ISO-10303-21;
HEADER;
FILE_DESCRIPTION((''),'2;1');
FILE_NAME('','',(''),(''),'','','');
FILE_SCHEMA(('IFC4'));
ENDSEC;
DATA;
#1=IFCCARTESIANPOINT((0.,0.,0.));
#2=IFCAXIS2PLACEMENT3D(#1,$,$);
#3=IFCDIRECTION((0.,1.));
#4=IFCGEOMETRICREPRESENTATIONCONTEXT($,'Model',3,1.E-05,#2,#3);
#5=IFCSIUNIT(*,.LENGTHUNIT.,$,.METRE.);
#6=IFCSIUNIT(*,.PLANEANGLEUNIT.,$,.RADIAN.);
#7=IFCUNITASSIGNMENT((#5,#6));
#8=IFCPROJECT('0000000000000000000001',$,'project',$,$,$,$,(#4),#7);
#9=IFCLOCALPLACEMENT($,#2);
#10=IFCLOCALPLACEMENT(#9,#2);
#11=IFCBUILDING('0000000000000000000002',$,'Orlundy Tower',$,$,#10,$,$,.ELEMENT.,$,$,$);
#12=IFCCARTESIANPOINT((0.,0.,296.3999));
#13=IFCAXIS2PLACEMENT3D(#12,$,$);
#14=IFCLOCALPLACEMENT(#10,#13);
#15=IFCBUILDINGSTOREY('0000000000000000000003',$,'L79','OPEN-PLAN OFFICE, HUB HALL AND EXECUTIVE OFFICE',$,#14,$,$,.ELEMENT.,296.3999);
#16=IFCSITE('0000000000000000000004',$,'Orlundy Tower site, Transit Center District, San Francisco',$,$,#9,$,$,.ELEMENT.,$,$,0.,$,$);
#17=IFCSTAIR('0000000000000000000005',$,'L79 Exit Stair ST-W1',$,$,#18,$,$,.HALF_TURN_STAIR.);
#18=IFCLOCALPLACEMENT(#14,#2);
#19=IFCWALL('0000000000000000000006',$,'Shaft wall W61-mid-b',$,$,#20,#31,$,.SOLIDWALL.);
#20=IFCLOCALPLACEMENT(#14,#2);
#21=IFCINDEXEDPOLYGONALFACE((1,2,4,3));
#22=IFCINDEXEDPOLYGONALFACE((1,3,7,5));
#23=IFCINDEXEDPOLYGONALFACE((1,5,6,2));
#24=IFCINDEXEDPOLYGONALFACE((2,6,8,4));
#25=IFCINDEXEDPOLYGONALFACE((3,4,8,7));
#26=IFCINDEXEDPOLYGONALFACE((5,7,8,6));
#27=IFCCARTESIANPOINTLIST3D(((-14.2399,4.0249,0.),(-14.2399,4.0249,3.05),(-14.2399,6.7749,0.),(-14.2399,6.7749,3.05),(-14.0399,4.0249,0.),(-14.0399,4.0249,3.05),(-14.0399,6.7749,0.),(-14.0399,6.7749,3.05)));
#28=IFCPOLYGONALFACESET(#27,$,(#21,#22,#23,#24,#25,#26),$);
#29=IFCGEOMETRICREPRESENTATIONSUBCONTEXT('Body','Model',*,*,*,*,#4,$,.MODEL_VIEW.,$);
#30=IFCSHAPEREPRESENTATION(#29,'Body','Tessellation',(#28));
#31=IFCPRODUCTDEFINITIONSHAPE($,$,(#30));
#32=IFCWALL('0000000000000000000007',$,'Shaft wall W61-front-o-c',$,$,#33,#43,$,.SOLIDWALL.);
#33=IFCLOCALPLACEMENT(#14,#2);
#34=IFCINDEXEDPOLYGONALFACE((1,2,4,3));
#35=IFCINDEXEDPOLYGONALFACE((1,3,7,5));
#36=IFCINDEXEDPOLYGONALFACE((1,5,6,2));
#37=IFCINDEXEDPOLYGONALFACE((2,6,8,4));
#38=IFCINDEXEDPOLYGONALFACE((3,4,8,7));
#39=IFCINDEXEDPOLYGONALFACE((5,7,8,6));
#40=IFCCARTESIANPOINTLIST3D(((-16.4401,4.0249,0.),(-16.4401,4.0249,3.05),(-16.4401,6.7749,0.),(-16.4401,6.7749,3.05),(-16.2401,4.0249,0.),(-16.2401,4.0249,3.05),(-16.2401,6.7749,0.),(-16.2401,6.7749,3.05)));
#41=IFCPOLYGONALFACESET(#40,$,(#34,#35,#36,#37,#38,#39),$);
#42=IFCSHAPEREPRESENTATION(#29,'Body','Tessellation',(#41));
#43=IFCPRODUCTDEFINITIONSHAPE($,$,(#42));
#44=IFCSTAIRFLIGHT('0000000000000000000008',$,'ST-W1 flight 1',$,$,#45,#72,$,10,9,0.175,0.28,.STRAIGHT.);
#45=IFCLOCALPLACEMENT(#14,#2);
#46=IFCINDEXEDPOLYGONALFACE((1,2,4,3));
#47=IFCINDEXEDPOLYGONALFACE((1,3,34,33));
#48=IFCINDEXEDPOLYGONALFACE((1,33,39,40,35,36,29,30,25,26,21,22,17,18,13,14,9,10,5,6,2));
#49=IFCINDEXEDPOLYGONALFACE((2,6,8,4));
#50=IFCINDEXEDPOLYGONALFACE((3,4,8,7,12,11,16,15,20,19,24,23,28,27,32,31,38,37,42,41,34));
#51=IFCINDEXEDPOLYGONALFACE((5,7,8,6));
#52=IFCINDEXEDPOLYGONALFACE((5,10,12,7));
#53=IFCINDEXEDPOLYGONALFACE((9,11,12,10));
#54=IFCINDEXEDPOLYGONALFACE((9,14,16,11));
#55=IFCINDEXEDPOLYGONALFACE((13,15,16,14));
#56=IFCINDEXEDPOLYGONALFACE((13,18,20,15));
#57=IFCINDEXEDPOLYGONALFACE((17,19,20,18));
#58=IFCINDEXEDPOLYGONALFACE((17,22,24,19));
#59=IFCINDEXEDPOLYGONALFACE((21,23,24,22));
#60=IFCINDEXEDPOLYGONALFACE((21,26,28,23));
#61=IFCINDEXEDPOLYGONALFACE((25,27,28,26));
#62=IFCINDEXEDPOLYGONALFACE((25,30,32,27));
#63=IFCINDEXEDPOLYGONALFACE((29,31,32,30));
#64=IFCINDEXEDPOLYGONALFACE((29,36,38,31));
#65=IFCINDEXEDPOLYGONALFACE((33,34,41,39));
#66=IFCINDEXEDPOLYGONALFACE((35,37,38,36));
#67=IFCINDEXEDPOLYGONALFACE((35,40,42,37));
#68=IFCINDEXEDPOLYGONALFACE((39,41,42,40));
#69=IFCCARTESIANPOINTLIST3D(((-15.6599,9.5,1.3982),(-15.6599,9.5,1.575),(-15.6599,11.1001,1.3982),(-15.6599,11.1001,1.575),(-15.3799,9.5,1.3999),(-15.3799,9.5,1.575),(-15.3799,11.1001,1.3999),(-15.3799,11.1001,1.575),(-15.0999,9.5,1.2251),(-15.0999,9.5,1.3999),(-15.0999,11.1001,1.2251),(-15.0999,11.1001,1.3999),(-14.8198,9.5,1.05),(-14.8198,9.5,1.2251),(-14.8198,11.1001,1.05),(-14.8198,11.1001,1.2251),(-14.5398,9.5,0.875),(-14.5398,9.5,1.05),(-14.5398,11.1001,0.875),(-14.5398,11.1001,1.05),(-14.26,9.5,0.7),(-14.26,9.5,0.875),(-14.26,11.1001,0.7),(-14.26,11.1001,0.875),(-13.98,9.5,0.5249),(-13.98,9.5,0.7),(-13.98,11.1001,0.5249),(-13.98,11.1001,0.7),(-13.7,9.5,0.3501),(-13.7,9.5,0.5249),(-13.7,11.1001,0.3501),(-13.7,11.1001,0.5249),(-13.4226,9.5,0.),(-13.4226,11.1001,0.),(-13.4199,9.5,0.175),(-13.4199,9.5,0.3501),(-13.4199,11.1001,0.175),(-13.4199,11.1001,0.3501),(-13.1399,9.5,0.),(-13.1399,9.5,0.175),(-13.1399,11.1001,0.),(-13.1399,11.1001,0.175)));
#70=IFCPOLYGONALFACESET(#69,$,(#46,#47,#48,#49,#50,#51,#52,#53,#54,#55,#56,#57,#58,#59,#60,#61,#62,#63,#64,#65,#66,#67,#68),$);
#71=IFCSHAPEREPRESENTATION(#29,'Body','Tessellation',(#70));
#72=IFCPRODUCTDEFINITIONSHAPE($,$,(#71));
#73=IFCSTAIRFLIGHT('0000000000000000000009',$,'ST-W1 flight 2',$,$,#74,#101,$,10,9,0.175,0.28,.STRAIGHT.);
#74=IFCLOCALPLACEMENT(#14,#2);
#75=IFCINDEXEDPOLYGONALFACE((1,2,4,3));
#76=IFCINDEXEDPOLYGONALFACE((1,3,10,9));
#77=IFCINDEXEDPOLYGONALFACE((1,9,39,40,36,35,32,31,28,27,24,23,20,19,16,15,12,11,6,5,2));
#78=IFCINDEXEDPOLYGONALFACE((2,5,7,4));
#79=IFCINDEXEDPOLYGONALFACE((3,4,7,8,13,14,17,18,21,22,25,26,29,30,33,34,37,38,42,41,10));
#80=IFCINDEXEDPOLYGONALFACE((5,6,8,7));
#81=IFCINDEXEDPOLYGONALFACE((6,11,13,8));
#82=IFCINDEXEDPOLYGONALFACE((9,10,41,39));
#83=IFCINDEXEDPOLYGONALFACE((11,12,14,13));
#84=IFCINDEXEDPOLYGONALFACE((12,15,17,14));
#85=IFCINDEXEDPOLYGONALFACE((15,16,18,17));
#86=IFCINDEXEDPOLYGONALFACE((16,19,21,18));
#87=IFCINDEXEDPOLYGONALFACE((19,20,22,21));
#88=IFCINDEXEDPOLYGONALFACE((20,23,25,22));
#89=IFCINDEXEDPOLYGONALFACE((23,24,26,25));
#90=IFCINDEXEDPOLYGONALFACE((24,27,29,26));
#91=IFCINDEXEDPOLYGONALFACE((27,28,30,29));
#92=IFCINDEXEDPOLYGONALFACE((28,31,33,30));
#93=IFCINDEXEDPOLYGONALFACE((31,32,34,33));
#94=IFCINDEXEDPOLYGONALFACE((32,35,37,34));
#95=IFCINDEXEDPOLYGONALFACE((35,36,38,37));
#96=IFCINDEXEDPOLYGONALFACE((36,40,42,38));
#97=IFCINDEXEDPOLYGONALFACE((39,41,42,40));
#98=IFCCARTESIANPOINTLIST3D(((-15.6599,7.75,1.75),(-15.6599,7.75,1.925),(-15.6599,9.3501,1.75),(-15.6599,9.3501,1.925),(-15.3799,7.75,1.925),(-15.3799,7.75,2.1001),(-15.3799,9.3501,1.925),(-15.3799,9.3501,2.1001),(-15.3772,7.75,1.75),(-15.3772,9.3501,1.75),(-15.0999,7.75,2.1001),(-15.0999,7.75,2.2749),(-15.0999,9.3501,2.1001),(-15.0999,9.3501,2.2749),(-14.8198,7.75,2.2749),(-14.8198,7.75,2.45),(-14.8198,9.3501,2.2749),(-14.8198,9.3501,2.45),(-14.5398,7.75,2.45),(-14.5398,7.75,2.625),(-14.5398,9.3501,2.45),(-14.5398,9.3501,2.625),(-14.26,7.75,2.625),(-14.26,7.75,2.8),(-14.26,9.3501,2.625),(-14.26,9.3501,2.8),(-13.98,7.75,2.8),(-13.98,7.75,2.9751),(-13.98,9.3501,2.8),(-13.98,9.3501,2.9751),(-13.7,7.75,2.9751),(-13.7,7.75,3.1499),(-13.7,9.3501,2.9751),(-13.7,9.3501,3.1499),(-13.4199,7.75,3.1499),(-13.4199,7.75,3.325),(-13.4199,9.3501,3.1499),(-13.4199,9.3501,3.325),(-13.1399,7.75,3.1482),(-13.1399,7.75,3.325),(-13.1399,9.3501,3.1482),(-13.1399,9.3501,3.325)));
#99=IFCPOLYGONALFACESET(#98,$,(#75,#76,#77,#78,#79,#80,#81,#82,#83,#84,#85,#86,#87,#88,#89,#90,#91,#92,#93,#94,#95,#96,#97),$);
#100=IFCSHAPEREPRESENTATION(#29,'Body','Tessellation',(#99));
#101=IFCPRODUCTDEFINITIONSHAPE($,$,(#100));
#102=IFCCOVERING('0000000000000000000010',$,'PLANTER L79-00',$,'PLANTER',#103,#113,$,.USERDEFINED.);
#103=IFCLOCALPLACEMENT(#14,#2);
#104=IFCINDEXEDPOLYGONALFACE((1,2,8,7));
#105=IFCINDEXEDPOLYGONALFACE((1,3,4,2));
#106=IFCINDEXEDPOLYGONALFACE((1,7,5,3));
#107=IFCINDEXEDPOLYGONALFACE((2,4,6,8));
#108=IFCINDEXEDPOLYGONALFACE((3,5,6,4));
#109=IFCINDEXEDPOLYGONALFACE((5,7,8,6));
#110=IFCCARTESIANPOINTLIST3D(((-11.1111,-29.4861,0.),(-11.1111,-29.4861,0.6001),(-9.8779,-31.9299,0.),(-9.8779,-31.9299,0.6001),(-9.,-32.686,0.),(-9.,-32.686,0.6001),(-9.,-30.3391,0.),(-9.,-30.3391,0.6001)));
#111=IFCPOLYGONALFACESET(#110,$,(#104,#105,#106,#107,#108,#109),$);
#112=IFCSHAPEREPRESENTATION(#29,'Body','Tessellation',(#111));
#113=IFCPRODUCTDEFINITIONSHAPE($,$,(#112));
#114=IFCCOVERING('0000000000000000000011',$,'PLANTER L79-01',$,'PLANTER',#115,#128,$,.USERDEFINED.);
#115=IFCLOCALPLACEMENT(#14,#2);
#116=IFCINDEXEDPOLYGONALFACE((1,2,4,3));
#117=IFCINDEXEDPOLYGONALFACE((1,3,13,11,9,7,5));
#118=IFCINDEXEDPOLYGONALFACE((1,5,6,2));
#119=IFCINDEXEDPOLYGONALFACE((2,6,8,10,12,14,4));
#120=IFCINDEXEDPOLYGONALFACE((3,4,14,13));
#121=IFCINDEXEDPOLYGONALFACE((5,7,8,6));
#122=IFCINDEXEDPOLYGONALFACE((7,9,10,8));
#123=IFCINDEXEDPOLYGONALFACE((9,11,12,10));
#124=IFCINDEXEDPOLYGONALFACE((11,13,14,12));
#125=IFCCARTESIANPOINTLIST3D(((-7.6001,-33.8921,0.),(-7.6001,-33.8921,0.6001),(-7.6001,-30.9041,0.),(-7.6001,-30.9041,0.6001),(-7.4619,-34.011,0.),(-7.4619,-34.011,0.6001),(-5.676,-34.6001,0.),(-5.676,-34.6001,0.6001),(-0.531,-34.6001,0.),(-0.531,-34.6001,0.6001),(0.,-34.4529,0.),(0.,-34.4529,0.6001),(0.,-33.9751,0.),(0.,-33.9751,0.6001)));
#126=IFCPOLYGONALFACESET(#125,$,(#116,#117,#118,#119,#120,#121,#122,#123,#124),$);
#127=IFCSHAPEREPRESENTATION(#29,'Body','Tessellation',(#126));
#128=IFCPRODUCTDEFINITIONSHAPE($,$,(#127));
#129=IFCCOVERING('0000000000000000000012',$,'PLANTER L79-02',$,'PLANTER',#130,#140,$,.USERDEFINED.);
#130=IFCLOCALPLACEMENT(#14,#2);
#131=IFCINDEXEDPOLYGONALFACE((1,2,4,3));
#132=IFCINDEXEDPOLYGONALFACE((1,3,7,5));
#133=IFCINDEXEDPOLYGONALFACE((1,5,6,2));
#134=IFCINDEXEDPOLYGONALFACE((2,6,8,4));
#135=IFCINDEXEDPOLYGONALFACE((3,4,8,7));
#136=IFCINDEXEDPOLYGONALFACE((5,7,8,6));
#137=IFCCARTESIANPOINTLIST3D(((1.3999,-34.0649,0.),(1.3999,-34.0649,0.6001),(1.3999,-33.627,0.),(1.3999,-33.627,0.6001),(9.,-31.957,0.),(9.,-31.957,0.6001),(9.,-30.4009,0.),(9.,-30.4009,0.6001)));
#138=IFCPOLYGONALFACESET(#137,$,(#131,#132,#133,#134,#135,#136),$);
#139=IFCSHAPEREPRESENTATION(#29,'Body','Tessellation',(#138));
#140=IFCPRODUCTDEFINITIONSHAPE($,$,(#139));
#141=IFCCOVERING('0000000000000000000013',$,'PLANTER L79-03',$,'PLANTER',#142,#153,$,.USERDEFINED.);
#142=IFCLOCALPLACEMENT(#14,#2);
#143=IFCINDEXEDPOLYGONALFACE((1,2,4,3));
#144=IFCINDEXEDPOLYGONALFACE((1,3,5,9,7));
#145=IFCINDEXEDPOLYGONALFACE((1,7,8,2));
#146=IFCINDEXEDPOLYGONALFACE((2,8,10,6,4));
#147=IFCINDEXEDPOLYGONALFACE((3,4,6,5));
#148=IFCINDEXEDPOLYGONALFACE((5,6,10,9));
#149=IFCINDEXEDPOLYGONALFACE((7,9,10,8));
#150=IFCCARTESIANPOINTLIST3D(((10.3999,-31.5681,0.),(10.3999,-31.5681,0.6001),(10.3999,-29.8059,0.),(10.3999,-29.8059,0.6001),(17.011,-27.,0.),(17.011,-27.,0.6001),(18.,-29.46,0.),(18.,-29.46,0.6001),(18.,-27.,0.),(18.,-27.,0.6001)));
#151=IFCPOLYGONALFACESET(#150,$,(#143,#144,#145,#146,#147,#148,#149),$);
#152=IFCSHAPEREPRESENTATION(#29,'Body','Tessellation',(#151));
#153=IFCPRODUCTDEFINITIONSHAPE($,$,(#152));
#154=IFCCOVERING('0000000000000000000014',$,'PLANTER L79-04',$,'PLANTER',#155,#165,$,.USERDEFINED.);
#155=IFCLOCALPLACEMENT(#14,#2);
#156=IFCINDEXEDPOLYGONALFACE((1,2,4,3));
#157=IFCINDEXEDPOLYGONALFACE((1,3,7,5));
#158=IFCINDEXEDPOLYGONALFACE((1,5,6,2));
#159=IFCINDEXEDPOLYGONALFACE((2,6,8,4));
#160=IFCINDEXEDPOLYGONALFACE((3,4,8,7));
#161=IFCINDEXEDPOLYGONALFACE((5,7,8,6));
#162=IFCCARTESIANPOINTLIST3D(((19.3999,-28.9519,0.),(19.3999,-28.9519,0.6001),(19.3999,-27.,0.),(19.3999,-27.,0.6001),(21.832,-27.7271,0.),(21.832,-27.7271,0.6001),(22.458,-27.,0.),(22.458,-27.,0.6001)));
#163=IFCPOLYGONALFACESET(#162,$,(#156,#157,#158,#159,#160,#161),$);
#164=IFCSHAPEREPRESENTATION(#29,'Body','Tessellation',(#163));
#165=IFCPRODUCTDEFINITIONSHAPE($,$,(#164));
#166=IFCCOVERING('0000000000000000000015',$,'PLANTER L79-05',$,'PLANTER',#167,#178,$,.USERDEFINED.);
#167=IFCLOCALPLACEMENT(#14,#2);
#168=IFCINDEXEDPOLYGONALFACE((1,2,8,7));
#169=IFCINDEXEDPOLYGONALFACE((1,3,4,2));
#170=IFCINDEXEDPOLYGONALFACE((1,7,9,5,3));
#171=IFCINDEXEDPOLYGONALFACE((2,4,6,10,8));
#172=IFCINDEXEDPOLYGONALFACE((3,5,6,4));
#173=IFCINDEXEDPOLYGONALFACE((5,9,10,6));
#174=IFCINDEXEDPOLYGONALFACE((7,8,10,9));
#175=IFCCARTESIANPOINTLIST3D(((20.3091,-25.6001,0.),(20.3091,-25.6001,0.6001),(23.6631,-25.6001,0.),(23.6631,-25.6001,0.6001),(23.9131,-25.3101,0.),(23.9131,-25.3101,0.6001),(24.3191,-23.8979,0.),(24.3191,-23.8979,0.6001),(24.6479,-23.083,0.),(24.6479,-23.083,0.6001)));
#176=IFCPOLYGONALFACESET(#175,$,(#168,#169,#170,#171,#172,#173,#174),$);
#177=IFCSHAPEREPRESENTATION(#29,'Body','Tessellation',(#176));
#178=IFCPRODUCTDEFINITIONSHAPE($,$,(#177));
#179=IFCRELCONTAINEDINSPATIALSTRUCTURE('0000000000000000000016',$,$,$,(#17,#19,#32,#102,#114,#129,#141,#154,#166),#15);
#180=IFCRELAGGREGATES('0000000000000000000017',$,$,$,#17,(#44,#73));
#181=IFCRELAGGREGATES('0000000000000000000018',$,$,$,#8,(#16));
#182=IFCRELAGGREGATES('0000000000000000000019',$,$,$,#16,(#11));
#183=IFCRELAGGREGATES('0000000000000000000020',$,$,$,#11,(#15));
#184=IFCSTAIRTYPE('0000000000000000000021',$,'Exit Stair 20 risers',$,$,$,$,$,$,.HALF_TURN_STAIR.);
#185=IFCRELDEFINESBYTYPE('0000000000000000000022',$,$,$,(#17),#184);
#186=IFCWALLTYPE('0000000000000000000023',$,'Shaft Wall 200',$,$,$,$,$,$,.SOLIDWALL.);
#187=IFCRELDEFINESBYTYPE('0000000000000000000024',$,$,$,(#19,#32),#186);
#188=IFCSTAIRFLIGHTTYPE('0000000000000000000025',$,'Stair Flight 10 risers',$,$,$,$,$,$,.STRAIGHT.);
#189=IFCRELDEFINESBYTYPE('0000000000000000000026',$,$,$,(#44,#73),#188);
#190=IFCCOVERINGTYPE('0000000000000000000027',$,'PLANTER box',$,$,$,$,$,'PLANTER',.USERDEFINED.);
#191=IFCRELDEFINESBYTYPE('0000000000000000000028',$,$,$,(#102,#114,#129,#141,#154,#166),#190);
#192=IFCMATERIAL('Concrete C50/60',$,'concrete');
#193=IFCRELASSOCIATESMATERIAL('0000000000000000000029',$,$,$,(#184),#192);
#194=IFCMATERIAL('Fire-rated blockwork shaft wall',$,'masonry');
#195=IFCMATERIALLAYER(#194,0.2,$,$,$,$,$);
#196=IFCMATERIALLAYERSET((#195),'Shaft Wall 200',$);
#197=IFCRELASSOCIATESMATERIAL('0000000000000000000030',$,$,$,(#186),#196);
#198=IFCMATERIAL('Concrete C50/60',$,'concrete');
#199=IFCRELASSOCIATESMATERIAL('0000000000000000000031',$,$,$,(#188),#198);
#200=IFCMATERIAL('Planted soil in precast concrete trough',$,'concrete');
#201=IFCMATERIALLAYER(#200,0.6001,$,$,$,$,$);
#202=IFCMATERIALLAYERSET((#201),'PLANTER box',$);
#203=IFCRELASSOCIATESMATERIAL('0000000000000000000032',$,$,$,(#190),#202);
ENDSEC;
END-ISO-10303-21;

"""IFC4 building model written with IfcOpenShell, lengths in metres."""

from ifc_helpers import new_model, si_unit, direction, frame, frame_2d, origin, place, context, subcontext, project, spatial, polyline, rectangle, outline, extrude, material, layer, layer_set, type_object, element, aggregate, save


model = new_model("IFC4")

# Units and contexts
model_context = context("Model", 3, precision=1e-05, world=origin(), true_north=direction((0.0, 1.0)))
body_context = subcontext(model_context, "Body", "Model", "MODEL_VIEW")
ifc_project = project(units=[si_unit("LENGTHUNIT", "METRE"), si_unit("PLANEANGLEUNIT", "RADIAN")], contexts=[model_context])

# Site, building, storey
site_placement = place(None, origin())
site = spatial("IfcSite", under=ifc_project, at=site_placement, Name="Orlundy Tower site, Transit Center District, San Francisco", CompositionType="ELEMENT", RefElevation=0.0)
building_placement = place(site_placement, origin())
building = spatial("IfcBuilding", under=site, at=building_placement, Name="Orlundy Tower", CompositionType="ELEMENT")
storey_placement = place(building_placement, frame((0.0, 0.0, 296.3999)))
storey = spatial("IfcBuildingStorey", under=building, at=storey_placement, Name="L79", Description="OPEN-PLAN OFFICE, HUB HALL AND EXECUTIVE OFFICE", CompositionType="ELEMENT", Elevation=296.3999)

# Stair
ifc_material_1 = material(Name="Concrete C50/60", Category="concrete")
stair_type = type_object("IfcStairType", Name="Exit Stair 20 risers", PredefinedType="HALF_TURN_STAIR", material=ifc_material_1)
stair_1_placement = place(storey_placement, origin())
stair_1 = element("IfcStair", 1, at=stair_1_placement, inside=storey, type_object=stair_type, Name="L79 Exit Stair ST-W1", PredefinedType="HALF_TURN_STAIR")

# Walls
ifc_material_2 = material(Name="Fire-rated blockwork shaft wall", Category="masonry")
ifc_layer_1 = layer(ifc_material_2, 0.2)
ifc_layer_set_1 = layer_set([ifc_layer_1], Name="Shaft Wall 200")
wall_type_1 = type_object("IfcWallType", Name="Shaft Wall 200", PredefinedType="SOLIDWALL", material=ifc_layer_set_1)
for number, where, z_axis, x_axis, name in (
    (2, (-14.1399, 4.0249, 0.0), (0.0, 0.0, 1.0), (0.0, 1.0, 0.0), "Shaft wall W61-mid-b"),
    (3, (-16.3401, 4.0249, 0.0), (0.0, 0.0, 1.0), (0.0, 1.0, 0.0), "Shaft wall W61-front-o-c"),
):
    element("IfcWall", number, at=place(storey_placement, frame(where, z_axis=z_axis, x_axis=x_axis)), inside=storey, type_object=wall_type_1, Name=name, PredefinedType="SOLIDWALL", context=body_context, shape_type="SweptSolid", body=[
        extrude(rectangle(XDim=2.75, YDim=0.2, at=frame_2d((1.375, 0.0))), origin(), (0.0, 0.0, 1.0), 3.05),
    ])

# Stair flights
ifc_material_3 = material(Name="Concrete C50/60", Category="concrete")
stair_flight_type = type_object("IfcStairFlightType", Name="Stair Flight 10 risers", PredefinedType="STRAIGHT", material=ifc_material_3)
stair_flight_1_placement = place(storey_placement, frame((-13.1399, 10.3, 0.0), z_axis=(0.0, 0.0, 1.0), x_axis=(-1.0, 0.0, 0.0)))
stair_flight_1 = element("IfcStairFlight", 4, at=stair_flight_1_placement, type_object=stair_flight_type, Name="ST-W1 flight 1", NumberOfRisers=10, NumberOfTreads=9, PredefinedType="STRAIGHT", RiserHeight=0.175, TreadLength=0.28, context=body_context, shape_type="SweptSolid", body=[
    extrude(outline(polyline([(0.0, 0.0), (0.0, 0.175), (0.28, 0.175), (0.28, 0.3501), (0.5601, 0.3501), (0.5601, 0.5249), (0.8401, 0.5249), (0.8401, 0.7), (1.1201, 0.7), (1.1201, 0.875), (1.3999, 0.875), (1.3999, 1.05), (1.6799, 1.05), (1.6799, 1.2251), (1.96, 1.2251), (1.96, 1.3999), (2.24, 1.3999), (2.24, 1.575), (2.52, 1.575), (2.52, 1.75), (2.52, 1.3982), (0.2827, 0.0), (0.0, 0.0)])), frame((0.0, 0.8, 0.0), z_axis=(0.0, -1.0, 0.0), x_axis=(1.0, 0.0, 0.0)), (0.0, 0.0, 1.0), 1.6001),
])
stair_flight_2_placement = place(storey_placement, frame((-15.6599, 8.55, 1.75), z_axis=(0.0, 0.0, 1.0), x_axis=(1.0, 0.0, 0.0)))
stair_flight_2 = element("IfcStairFlight", 5, at=stair_flight_2_placement, type_object=stair_flight_type, Name="ST-W1 flight 2", NumberOfRisers=10, NumberOfTreads=9, PredefinedType="STRAIGHT", RiserHeight=0.175, TreadLength=0.28, context=body_context, shape_type="SweptSolid", body=[
    extrude(outline(polyline([(0.0, 0.0), (0.0, 0.175), (0.28, 0.175), (0.28, 0.3501), (0.5601, 0.3501), (0.5601, 0.5249), (0.8401, 0.5249), (0.8401, 0.7), (1.1201, 0.7), (1.1201, 0.875), (1.3999, 0.875), (1.3999, 1.05), (1.6799, 1.05), (1.6799, 1.2251), (1.96, 1.2251), (1.96, 1.3999), (2.24, 1.3999), (2.24, 1.575), (2.52, 1.575), (2.52, 1.75), (2.52, 1.3982), (0.2827, 0.0), (0.0, 0.0)])), frame((0.0, 0.8, 0.0), z_axis=(0.0, -1.0, 0.0), x_axis=(1.0, 0.0, 0.0)), (0.0, 0.0, 1.0), 1.6001),
])
aggregate(stair_1, [stair_flight_1, stair_flight_2])

# Coverings
ifc_material_4 = material(Name="Planted soil in precast concrete trough", Category="concrete")
ifc_layer_2 = layer(ifc_material_4, 0.6001)
ifc_layer_set_2 = layer_set([ifc_layer_2], Name="PLANTER box")
covering_type = type_object("IfcCoveringType", Name="PLANTER box", ElementType="PLANTER", PredefinedType="USERDEFINED", material=ifc_layer_set_2)
covering_1_placement = place(storey_placement, origin())
element("IfcCovering", 6, at=covering_1_placement, inside=storey, type_object=covering_type, Name="PLANTER L79-00", ObjectType="PLANTER", PredefinedType="USERDEFINED", context=body_context, shape_type="SweptSolid", body=[
    extrude(outline(polyline([(-9.8779, -31.9299), (-11.1111, -29.4861), (-9.0, -30.3391), (-9.0, -32.686), (-9.8779, -31.9299)])), origin(), (0.0, 0.0, 1.0), 0.6001),
])
covering_2_placement = place(storey_placement, origin())
element("IfcCovering", 7, at=covering_2_placement, inside=storey, type_object=covering_type, Name="PLANTER L79-01", ObjectType="PLANTER", PredefinedType="USERDEFINED", context=body_context, shape_type="SweptSolid", body=[
    extrude(outline(polyline([(-0.531, -34.6001), (-5.676, -34.6001), (-7.4619, -34.011), (-7.6001, -33.8921), (-7.6001, -30.9041), (0.0, -33.9751), (0.0, -34.4529), (-0.531, -34.6001)])), origin(), (0.0, 0.0, 1.0), 0.6001),
])
covering_3_placement = place(storey_placement, origin())
element("IfcCovering", 8, at=covering_3_placement, inside=storey, type_object=covering_type, Name="PLANTER L79-02", ObjectType="PLANTER", PredefinedType="USERDEFINED", context=body_context, shape_type="SweptSolid", body=[
    extrude(outline(polyline([(1.3999, -34.0649), (1.3999, -33.627), (9.0, -30.4009), (9.0, -31.957), (1.3999, -34.0649)])), origin(), (0.0, 0.0, 1.0), 0.6001),
])
covering_4_placement = place(storey_placement, origin())
element("IfcCovering", 9, at=covering_4_placement, inside=storey, type_object=covering_type, Name="PLANTER L79-03", ObjectType="PLANTER", PredefinedType="USERDEFINED", context=body_context, shape_type="SweptSolid", body=[
    extrude(outline(polyline([(10.3999, -31.5681), (10.3999, -29.8059), (17.011, -27.0), (18.0, -27.0), (18.0, -29.46), (10.3999, -31.5681)])), origin(), (0.0, 0.0, 1.0), 0.6001),
])
covering_5_placement = place(storey_placement, origin())
element("IfcCovering", 10, at=covering_5_placement, inside=storey, type_object=covering_type, Name="PLANTER L79-04", ObjectType="PLANTER", PredefinedType="USERDEFINED", context=body_context, shape_type="SweptSolid", body=[
    extrude(outline(polyline([(21.832, -27.7271), (19.3999, -28.9519), (19.3999, -27.0), (22.458, -27.0), (21.832, -27.7271)])), origin(), (0.0, 0.0, 1.0), 0.6001),
])
covering_6_placement = place(storey_placement, origin())
element("IfcCovering", 11, at=covering_6_placement, inside=storey, type_object=covering_type, Name="PLANTER L79-05", ObjectType="PLANTER", PredefinedType="USERDEFINED", context=body_context, shape_type="SweptSolid", body=[
    extrude(outline(polyline([(23.6631, -25.6001), (20.3091, -25.6001), (24.3191, -23.8979), (24.6479, -23.083), (23.9131, -25.3101), (23.6631, -25.6001)])), origin(), (0.0, 0.0, 1.0), 0.6001),
])

save(model, "model.ifc")
